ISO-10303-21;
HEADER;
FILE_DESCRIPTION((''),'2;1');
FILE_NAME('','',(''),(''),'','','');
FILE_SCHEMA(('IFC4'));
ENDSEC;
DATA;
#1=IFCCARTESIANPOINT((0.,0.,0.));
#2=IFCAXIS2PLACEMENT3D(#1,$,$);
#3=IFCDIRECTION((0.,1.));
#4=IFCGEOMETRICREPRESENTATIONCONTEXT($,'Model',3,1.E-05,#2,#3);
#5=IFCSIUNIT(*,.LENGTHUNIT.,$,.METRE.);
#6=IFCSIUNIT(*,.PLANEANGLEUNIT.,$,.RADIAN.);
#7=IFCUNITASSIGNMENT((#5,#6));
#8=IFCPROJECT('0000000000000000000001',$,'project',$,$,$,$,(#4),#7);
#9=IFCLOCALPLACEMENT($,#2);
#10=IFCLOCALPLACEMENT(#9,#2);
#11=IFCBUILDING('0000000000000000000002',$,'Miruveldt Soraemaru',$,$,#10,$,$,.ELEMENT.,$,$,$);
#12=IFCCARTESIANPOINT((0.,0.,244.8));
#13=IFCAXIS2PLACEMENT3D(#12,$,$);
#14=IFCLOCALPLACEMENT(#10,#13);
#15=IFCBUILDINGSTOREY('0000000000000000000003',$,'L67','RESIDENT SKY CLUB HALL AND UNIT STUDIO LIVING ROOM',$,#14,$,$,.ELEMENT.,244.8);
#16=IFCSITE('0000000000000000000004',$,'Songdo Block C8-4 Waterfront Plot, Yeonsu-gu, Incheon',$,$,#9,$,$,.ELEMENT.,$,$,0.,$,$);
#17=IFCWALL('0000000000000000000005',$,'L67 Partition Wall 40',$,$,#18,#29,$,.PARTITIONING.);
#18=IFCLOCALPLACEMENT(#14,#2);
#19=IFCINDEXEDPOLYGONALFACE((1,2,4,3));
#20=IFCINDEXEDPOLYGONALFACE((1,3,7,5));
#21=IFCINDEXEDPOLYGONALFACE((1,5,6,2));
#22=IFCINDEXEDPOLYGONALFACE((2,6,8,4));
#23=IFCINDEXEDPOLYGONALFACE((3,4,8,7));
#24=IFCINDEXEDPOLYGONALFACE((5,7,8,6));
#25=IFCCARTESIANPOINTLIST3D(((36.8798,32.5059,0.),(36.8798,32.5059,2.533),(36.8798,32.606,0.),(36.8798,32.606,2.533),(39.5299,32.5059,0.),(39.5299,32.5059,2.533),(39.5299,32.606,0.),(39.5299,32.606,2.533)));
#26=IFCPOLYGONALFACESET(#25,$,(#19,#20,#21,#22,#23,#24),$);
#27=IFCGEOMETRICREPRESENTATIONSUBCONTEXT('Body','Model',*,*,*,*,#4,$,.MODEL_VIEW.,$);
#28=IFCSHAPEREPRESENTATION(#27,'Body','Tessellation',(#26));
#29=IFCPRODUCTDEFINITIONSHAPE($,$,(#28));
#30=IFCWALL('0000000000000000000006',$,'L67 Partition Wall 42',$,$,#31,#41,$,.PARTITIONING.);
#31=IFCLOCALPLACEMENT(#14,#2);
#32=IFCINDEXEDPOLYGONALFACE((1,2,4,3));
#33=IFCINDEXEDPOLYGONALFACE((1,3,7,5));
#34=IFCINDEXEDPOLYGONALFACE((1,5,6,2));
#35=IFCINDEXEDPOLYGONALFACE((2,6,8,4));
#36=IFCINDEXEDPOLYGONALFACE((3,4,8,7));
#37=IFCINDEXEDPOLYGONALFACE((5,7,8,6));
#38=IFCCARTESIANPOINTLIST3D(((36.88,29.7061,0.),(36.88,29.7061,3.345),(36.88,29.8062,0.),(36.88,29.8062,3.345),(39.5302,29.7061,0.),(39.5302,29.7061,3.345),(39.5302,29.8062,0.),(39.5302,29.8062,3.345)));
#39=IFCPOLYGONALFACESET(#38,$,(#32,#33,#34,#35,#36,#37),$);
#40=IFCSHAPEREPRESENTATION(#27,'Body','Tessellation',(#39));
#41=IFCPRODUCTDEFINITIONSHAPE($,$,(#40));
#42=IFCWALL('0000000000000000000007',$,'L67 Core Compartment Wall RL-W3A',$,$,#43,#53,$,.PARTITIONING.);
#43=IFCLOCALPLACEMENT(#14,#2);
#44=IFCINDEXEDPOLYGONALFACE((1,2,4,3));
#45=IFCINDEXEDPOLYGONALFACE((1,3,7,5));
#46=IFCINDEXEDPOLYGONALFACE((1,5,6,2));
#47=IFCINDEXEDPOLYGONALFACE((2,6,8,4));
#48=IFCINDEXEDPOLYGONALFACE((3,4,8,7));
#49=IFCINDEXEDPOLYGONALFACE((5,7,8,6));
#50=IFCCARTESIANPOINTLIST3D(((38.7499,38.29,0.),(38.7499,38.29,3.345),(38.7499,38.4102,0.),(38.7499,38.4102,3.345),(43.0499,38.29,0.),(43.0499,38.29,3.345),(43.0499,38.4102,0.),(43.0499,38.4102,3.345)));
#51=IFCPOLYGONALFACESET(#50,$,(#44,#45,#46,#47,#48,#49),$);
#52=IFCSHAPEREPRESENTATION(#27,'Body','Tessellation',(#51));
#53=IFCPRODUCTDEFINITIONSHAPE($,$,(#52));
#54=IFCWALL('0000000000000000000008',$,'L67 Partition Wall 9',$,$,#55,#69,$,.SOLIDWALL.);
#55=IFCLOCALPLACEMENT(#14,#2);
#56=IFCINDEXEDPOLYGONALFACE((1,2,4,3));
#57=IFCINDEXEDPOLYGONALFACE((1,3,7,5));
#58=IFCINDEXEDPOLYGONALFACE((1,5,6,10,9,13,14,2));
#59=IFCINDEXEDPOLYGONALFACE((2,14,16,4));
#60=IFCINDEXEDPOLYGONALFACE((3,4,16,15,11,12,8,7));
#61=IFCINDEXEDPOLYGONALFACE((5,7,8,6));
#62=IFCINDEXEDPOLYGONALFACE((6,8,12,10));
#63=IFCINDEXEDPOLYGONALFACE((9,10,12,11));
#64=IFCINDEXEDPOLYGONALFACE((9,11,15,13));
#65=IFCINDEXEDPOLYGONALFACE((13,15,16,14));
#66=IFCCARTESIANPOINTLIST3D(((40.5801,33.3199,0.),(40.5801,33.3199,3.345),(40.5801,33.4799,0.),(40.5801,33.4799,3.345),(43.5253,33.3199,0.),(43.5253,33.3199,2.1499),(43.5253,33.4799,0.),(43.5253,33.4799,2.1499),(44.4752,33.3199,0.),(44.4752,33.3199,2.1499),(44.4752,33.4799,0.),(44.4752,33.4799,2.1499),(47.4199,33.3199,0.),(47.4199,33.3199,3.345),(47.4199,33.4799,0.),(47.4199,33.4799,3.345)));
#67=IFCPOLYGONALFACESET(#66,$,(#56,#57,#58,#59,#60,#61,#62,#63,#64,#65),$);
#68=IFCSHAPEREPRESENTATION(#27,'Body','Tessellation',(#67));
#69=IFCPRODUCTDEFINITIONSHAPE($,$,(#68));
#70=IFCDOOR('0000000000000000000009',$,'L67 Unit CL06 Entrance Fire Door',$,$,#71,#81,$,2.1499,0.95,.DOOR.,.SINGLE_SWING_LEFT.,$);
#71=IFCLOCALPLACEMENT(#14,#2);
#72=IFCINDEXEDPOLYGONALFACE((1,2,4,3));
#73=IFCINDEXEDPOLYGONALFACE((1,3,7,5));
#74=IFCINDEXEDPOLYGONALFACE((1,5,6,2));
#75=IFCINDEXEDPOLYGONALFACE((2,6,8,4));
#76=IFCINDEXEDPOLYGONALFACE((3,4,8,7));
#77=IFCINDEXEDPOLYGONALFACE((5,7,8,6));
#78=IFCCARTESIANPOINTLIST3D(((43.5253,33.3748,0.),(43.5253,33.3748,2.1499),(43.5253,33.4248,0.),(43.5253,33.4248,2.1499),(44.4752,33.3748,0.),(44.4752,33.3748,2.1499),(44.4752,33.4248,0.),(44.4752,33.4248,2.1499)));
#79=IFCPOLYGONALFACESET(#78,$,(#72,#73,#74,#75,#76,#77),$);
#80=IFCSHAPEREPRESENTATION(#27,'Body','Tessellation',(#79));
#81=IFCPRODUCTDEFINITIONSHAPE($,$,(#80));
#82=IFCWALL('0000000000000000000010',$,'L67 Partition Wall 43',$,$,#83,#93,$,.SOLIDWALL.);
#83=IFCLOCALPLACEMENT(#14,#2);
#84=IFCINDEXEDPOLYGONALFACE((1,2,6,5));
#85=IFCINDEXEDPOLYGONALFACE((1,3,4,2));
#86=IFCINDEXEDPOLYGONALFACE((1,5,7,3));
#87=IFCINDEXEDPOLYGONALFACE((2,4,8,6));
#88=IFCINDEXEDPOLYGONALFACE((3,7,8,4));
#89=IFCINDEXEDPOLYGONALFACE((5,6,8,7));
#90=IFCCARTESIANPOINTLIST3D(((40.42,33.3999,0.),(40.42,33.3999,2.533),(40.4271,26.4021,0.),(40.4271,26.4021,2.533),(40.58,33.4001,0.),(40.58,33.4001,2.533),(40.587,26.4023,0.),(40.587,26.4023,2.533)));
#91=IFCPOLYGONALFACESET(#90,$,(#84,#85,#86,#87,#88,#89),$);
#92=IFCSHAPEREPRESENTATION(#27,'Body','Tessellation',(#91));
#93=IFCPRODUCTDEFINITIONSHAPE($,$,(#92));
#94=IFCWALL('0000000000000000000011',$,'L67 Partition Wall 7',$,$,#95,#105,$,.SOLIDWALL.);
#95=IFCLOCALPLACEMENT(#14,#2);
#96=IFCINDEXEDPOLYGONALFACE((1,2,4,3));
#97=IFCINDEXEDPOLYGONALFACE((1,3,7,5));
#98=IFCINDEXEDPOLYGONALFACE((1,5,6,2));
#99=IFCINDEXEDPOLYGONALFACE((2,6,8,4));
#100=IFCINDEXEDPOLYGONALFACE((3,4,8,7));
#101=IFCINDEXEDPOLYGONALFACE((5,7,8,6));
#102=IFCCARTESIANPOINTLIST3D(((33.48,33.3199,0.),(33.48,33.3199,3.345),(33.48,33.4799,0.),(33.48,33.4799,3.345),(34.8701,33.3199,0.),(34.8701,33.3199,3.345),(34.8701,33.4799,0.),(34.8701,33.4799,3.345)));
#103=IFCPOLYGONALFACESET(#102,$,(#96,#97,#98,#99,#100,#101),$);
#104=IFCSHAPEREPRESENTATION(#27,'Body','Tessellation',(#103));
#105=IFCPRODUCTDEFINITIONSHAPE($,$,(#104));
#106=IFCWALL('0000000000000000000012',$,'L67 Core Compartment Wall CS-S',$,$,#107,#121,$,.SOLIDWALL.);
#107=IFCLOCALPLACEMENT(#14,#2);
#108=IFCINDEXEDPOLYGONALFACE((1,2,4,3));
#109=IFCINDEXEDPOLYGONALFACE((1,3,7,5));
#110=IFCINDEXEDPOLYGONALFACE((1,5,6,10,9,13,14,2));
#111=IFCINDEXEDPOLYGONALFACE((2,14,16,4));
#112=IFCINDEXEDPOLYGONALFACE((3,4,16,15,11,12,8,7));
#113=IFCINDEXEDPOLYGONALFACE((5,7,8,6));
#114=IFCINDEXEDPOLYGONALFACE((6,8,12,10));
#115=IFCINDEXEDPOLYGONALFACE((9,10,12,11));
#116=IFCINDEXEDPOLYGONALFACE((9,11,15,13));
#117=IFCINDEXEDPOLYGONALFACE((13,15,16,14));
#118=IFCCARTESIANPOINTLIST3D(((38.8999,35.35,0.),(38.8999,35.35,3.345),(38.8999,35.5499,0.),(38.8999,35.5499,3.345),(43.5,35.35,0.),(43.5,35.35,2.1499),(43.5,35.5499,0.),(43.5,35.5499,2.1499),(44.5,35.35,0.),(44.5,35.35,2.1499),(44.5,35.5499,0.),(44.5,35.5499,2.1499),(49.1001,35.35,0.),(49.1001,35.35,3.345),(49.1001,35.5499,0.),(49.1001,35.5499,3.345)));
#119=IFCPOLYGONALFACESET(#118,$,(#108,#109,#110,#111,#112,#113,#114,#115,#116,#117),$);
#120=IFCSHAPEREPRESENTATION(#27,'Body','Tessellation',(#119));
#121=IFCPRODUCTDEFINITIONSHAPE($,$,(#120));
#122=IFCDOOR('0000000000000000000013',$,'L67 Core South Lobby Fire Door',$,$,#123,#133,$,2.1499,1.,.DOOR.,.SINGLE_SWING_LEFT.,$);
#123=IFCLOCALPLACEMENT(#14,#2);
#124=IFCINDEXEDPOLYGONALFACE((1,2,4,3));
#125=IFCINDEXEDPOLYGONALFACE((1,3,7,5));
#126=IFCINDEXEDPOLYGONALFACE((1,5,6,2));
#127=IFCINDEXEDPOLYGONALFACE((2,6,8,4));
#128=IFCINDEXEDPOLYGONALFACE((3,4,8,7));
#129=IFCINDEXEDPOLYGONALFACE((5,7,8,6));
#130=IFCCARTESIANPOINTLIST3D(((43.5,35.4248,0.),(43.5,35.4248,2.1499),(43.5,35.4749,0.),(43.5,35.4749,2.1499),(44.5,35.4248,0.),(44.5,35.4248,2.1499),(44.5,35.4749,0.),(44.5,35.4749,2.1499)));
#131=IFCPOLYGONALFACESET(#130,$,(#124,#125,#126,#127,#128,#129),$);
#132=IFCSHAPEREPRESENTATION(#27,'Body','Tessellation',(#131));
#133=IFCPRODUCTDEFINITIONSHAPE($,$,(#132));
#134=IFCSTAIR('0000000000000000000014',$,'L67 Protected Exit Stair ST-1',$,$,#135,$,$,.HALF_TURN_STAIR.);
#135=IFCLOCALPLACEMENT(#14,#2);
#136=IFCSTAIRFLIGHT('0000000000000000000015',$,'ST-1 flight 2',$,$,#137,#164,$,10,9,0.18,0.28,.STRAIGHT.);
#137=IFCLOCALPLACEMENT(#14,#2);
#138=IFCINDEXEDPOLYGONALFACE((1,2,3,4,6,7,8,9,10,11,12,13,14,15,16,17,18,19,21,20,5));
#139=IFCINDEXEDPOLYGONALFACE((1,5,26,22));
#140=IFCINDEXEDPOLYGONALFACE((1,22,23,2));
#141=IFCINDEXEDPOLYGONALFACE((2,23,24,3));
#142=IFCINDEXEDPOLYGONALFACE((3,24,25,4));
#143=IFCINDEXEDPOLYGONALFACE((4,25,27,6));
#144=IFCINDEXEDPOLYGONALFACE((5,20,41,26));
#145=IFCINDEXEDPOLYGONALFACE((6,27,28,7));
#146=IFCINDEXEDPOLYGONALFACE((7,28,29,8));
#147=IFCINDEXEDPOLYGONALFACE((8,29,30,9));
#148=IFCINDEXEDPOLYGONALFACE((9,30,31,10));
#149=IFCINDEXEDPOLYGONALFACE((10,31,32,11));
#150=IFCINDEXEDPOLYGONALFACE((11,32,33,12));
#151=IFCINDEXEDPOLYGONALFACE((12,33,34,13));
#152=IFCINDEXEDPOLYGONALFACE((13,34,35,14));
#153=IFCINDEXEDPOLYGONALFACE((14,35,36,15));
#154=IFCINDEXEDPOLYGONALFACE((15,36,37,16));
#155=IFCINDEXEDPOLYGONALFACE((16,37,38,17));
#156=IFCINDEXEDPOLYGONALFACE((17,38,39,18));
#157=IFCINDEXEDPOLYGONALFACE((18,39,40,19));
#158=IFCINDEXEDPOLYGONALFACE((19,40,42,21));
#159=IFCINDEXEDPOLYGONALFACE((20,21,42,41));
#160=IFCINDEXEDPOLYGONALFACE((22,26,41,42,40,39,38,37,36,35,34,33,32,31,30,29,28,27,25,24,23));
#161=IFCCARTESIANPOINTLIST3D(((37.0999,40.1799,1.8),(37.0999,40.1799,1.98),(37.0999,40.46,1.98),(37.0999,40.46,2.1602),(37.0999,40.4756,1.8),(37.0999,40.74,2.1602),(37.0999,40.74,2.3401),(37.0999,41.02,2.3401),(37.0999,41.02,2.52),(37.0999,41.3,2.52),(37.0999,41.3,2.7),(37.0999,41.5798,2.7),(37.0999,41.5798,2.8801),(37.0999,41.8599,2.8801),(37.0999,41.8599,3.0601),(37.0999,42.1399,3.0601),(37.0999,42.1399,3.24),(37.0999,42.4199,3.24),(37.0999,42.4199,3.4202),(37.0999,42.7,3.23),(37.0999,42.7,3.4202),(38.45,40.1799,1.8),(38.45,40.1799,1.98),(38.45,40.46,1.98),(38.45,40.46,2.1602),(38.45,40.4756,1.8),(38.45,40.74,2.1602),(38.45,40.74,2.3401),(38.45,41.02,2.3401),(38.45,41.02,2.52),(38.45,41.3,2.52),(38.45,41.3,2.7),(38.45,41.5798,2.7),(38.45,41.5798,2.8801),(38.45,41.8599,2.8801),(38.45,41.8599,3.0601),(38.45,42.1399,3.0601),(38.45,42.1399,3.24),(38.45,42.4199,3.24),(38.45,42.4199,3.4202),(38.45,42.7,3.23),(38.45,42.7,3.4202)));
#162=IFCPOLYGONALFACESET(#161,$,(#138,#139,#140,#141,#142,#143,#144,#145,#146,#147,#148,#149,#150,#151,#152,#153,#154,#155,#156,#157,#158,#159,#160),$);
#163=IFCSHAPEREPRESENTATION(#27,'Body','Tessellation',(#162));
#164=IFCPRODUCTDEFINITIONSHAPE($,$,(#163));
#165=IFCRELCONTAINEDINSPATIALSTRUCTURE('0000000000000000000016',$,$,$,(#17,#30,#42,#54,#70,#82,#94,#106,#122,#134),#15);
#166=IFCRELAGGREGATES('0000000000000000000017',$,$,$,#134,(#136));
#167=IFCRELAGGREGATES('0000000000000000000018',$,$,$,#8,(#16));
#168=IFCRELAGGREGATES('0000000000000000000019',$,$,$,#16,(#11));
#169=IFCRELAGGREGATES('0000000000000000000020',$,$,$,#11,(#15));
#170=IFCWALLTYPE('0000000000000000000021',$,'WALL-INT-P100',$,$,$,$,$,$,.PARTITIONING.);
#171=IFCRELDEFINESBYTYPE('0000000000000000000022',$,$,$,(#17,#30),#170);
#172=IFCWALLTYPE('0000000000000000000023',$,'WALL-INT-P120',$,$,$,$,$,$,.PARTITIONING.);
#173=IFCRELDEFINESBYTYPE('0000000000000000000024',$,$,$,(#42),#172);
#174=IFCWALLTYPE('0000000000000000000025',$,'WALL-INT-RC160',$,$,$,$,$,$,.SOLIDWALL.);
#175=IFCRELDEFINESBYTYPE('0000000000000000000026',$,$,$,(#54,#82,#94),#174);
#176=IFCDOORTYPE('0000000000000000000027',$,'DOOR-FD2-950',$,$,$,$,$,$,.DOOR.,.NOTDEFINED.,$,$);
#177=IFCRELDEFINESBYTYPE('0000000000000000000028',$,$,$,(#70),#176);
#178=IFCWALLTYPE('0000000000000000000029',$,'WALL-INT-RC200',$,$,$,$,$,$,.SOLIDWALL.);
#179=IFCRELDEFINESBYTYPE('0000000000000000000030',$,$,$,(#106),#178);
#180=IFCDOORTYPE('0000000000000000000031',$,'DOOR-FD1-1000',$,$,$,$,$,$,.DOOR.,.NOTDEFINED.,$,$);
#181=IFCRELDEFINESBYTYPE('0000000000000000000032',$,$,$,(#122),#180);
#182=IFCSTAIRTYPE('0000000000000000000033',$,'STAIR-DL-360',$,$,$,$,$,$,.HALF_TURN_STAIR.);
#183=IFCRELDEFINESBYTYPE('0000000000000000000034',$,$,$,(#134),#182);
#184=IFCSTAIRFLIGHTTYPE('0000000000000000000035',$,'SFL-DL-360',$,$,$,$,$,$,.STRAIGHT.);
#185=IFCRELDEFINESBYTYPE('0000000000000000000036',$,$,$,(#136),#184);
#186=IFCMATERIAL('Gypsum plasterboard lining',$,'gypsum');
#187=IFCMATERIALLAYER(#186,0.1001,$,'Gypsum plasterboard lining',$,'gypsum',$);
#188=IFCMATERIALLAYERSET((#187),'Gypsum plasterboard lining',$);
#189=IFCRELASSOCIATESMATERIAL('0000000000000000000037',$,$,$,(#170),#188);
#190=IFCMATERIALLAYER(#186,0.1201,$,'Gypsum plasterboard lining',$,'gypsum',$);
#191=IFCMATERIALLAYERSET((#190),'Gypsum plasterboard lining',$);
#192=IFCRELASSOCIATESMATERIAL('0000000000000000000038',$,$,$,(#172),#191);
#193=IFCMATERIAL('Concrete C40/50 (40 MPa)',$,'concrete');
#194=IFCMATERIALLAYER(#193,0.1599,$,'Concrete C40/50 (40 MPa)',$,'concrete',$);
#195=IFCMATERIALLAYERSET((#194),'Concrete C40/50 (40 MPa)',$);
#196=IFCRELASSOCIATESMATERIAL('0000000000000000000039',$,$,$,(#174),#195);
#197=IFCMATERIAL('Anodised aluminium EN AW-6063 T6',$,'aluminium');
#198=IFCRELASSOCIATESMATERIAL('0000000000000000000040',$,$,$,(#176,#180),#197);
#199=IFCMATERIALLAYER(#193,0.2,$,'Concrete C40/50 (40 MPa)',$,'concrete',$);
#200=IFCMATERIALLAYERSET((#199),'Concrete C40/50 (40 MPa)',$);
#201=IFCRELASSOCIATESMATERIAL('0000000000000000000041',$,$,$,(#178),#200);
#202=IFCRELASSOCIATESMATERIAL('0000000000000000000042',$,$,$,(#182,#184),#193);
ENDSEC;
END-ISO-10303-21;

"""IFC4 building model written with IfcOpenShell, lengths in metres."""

from ifc_helpers import new_model, si_unit, direction, frame, frame_2d, origin, place, context, subcontext, project, spatial, polyline, rectangle, outline, extrude, material, layer, layer_set, type_object, element, fill, aggregate, save


model = new_model("IFC4")

# Units and contexts
model_context = context("Model", 3, precision=1e-05, world=origin(), true_north=direction((0.0, 1.0)))
body_context = subcontext(model_context, "Body", "Model", "MODEL_VIEW")
ifc_project = project(units=[si_unit("LENGTHUNIT", "METRE"), si_unit("PLANEANGLEUNIT", "RADIAN")], contexts=[model_context])

# Site, building, storey
site_placement = place(None, origin())
site = spatial("IfcSite", under=ifc_project, at=site_placement, Name="Songdo Block C8-4 Waterfront Plot, Yeonsu-gu, Incheon", CompositionType="ELEMENT", RefElevation=0.0)
building_placement = place(site_placement, origin())
building = spatial("IfcBuilding", under=site, at=building_placement, Name="Miruveldt Soraemaru", CompositionType="ELEMENT")
storey_placement = place(building_placement, frame((0.0, 0.0, 244.8)))
storey = spatial("IfcBuildingStorey", under=building, at=storey_placement, Name="L67", Description="RESIDENT SKY CLUB HALL AND UNIT STUDIO LIVING ROOM", CompositionType="ELEMENT", Elevation=244.8)

# Shared definitions
ifc_material_1 = material(Name="Gypsum plasterboard lining", Category="gypsum")
ifc_layer_1 = layer(ifc_material_1, 0.1001, Name="Gypsum plasterboard lining", Category="gypsum")
ifc_layer_set_1 = layer_set([ifc_layer_1], Name="Gypsum plasterboard lining")
wall_type_1 = type_object("IfcWallType", Name="WALL-INT-P100", PredefinedType="PARTITIONING", material=ifc_layer_set_1)
ifc_material_2 = material(Name="Anodised aluminium EN AW-6063 T6", Category="aluminium")

# Walls
wall_1_placement = place(storey_placement, frame((39.53, 32.5559, 0.0), z_axis=(0.0, 0.0, 1.0), x_axis=(-1.0, 0.0, 0.0)))
element("IfcWall", 1, at=wall_1_placement, inside=storey, type_object=wall_type_1, Name="L67 Partition Wall 40", PredefinedType="PARTITIONING", context=body_context, shape_type="SweptSolid", body=[
    extrude(rectangle(XDim=2.6501, YDim=0.1001, at=frame_2d((1.3252, 0.0))), origin(), (0.0, 0.0, 1.0), 2.533),
])
wall_2_placement = place(storey_placement, frame((36.8799, 29.7561, 0.0), z_axis=(0.0, 0.0, 1.0), x_axis=(1.0, 0.0, 0.0)))
element("IfcWall", 2, at=wall_2_placement, inside=storey, type_object=wall_type_1, Name="L67 Partition Wall 42", PredefinedType="PARTITIONING", context=body_context, shape_type="SweptSolid", body=[
    extrude(rectangle(XDim=2.6501, YDim=0.1001, at=frame_2d((1.3252, 0.0))), origin(), (0.0, 0.0, 1.0), 3.345),
])
ifc_layer_2 = layer(ifc_material_1, 0.1201, Name="Gypsum plasterboard lining", Category="gypsum")
ifc_layer_set_2 = layer_set([ifc_layer_2], Name="Gypsum plasterboard lining")
wall_type_2 = type_object("IfcWallType", Name="WALL-INT-P120", PredefinedType="PARTITIONING", material=ifc_layer_set_2)
wall_3_placement = place(storey_placement, frame((38.75, 38.3501, 0.0), z_axis=(0.0, 0.0, 1.0), x_axis=(1.0, 0.0, 0.0)))
element("IfcWall", 3, at=wall_3_placement, inside=storey, type_object=wall_type_2, Name="L67 Core Compartment Wall RL-W3A", PredefinedType="PARTITIONING", context=body_context, shape_type="SweptSolid", body=[
    extrude(rectangle(XDim=4.3, YDim=0.1201, at=frame_2d((2.1499, 0.0))), origin(), (0.0, 0.0, 1.0), 3.345),
])

# Wall, opening, door
ifc_material_3 = material(Name="Concrete C40/50 (40 MPa)", Category="concrete")
ifc_layer_3 = layer(ifc_material_3, 0.1599, Name="Concrete C40/50 (40 MPa)", Category="concrete")
ifc_layer_set_3 = layer_set([ifc_layer_3], Name="Concrete C40/50 (40 MPa)")
wall_type_3 = type_object("IfcWallType", Name="WALL-INT-RC160", PredefinedType="SOLIDWALL", material=ifc_layer_set_3)
wall_4_placement = place(storey_placement, frame((40.5801, 33.3999, 0.0), z_axis=(0.0, 0.0, 1.0), x_axis=(1.0, 0.0, 0.0)))
wall_4 = element("IfcWall", 4, at=wall_4_placement, inside=storey, type_object=wall_type_3, Name="L67 Partition Wall 9", PredefinedType="SOLIDWALL", context=body_context, shape_type="SweptSolid", body=[
    extrude(rectangle(XDim=6.8398, YDim=0.1599, at=frame_2d((3.4199, 0.0))), origin(), (0.0, 0.0, 1.0), 3.345),
])
opening_1_placement = place(wall_4_placement, frame((2.9451, 0.0, 0.0)))
opening_1 = element("IfcOpeningElement", 5, at=opening_1_placement, cuts=wall_4, PredefinedType="OPENING", context=body_context, shape_type="SweptSolid", body=[
    extrude(rectangle(XDim=0.95, YDim=2.1499, at=frame_2d((0.4751, 1.075))), frame((0.0, 0.0898, 0.0), z_axis=(0.0, -1.0, 0.0), x_axis=(1.0, 0.0, 0.0)), (0.0, 0.0, 1.0), 0.1799),
])
door_type_1 = type_object("IfcDoorType", Name="DOOR-FD2-950", OperationType="NOTDEFINED", PredefinedType="DOOR", material=ifc_material_2)
door_1_placement = place(opening_1_placement, origin())
door_1 = element("IfcDoor", 6, at=door_1_placement, inside=storey, type_object=door_type_1, Name="L67 Unit CL06 Entrance Fire Door", OperationType="SINGLE_SWING_LEFT", OverallHeight=2.1499, OverallWidth=0.95, PredefinedType="DOOR", context=body_context, shape_type="SweptSolid", body=[
    extrude(rectangle(XDim=0.95, YDim=2.1499, at=frame_2d((0.4751, 1.075))), frame((0.0, 0.0249, 0.0), z_axis=(0.0, -1.0, 0.0), x_axis=(1.0, 0.0, 0.0)), (0.0, 0.0, 1.0), 0.05),
])
fill(opening_1, door_1)

# Walls
wall_5_placement = place(storey_placement, frame((40.5071, 26.4021, 0.0), z_axis=(0.0, 0.0, 1.0), x_axis=(-0.001012, 0.999999, 0.0)))
element("IfcWall", 7, at=wall_5_placement, inside=storey, type_object=wall_type_3, Name="L67 Partition Wall 43", PredefinedType="SOLIDWALL", context=body_context, shape_type="SweptSolid", body=[
    extrude(rectangle(XDim=6.9978, YDim=0.1599, at=frame_2d((3.499, 0.0))), origin(), (0.0, 0.0, 1.0), 2.533),
])
wall_6_placement = place(storey_placement, frame((33.48, 33.3999, 0.0), z_axis=(0.0, 0.0, 1.0), x_axis=(1.0, 0.0, 0.0)))
element("IfcWall", 8, at=wall_6_placement, inside=storey, type_object=wall_type_3, Name="L67 Partition Wall 7", PredefinedType="SOLIDWALL", context=body_context, shape_type="SweptSolid", body=[
    extrude(rectangle(XDim=1.3901, YDim=0.1599, at=frame_2d((0.6951, 0.0))), origin(), (0.0, 0.0, 1.0), 3.345),
])

# Wall, opening, door
ifc_layer_4 = layer(ifc_material_3, 0.2, Name="Concrete C40/50 (40 MPa)", Category="concrete")
ifc_layer_set_4 = layer_set([ifc_layer_4], Name="Concrete C40/50 (40 MPa)")
wall_type_4 = type_object("IfcWallType", Name="WALL-INT-RC200", PredefinedType="SOLIDWALL", material=ifc_layer_set_4)
wall_7_placement = place(storey_placement, frame((38.8999, 35.45, 0.0), z_axis=(0.0, 0.0, 1.0), x_axis=(1.0, 0.0, 0.0)))
wall_7 = element("IfcWall", 9, at=wall_7_placement, inside=storey, type_object=wall_type_4, Name="L67 Core Compartment Wall CS-S", PredefinedType="SOLIDWALL", context=body_context, shape_type="SweptSolid", body=[
    extrude(rectangle(XDim=10.2002, YDim=0.2, at=frame_2d((5.1001, 0.0))), origin(), (0.0, 0.0, 1.0), 3.345),
])
opening_2_placement = place(wall_7_placement, frame((4.6001, 0.0, 0.0)))
opening_2 = element("IfcOpeningElement", 10, at=opening_2_placement, cuts=wall_7, PredefinedType="OPENING", context=body_context, shape_type="SweptSolid", body=[
    extrude(rectangle(XDim=1.0, YDim=2.1499, at=frame_2d((0.5, 1.075))), frame((0.0, 0.1099, 0.0), z_axis=(0.0, -1.0, 0.0), x_axis=(1.0, 0.0, 0.0)), (0.0, 0.0, 1.0), 0.22),
])
door_type_2 = type_object("IfcDoorType", Name="DOOR-FD1-1000", OperationType="NOTDEFINED", PredefinedType="DOOR", material=ifc_material_2)
door_2_placement = place(opening_2_placement, origin())
door_2 = element("IfcDoor", 11, at=door_2_placement, inside=storey, type_object=door_type_2, Name="L67 Core South Lobby Fire Door", OperationType="SINGLE_SWING_LEFT", OverallHeight=2.1499, OverallWidth=1.0, PredefinedType="DOOR", context=body_context, shape_type="SweptSolid", body=[
    extrude(rectangle(XDim=1.0, YDim=2.1499, at=frame_2d((0.5, 1.075))), frame((0.0, 0.0249, 0.0), z_axis=(0.0, -1.0, 0.0), x_axis=(1.0, 0.0, 0.0)), (0.0, 0.0, 1.0), 0.05),
])
fill(opening_2, door_2)

# Stair, stair flight
stair_type = type_object("IfcStairType", Name="STAIR-DL-360", PredefinedType="HALF_TURN_STAIR", material=ifc_material_3)
stair_placement = place(storey_placement, origin())
stair = element("IfcStair", 12, at=stair_placement, inside=storey, type_object=stair_type, Name="L67 Protected Exit Stair ST-1", PredefinedType="HALF_TURN_STAIR")
stair_flight_type = type_object("IfcStairFlightType", Name="SFL-DL-360", PredefinedType="STRAIGHT", material=ifc_material_3)
stair_flight_placement = place(storey_placement, frame((37.7749, 40.1799, 1.8), z_axis=(0.0, 0.0, 1.0), x_axis=(0.0, 1.0, 0.0)))
stair_flight = element("IfcStairFlight", 13, at=stair_flight_placement, type_object=stair_flight_type, Name="ST-1 flight 2", NumberOfRisers=10, NumberOfTreads=9, PredefinedType="STRAIGHT", RiserHeight=0.18, TreadLength=0.28, context=body_context, shape_type="SweptSolid", body=[
    extrude(outline(polyline([(0.0, 0.0), (0.0, 0.1799), (0.28, 0.1799), (0.28, 0.3601), (0.5601, 0.3601), (0.5601, 0.54), (0.8401, 0.54), (0.8401, 0.72), (1.1201, 0.72), (1.1201, 0.8999), (1.3999, 0.8999), (1.3999, 1.0801), (1.6799, 1.0801), (1.6799, 1.26), (1.96, 1.26), (1.96, 1.4399), (2.24, 1.4399), (2.24, 1.6201), (2.52, 1.6201), (2.52, 1.8), (2.52, 1.4299), (0.2957, 0.0), (0.0, 0.0)])), frame((0.0, 0.675, 0.0), z_axis=(0.0, -1.0, 0.0), x_axis=(1.0, 0.0, 0.0)), (0.0, 0.0, 1.0), 1.3501),
])
aggregate(stair, [stair_flight])

save(model, "model.ifc")
